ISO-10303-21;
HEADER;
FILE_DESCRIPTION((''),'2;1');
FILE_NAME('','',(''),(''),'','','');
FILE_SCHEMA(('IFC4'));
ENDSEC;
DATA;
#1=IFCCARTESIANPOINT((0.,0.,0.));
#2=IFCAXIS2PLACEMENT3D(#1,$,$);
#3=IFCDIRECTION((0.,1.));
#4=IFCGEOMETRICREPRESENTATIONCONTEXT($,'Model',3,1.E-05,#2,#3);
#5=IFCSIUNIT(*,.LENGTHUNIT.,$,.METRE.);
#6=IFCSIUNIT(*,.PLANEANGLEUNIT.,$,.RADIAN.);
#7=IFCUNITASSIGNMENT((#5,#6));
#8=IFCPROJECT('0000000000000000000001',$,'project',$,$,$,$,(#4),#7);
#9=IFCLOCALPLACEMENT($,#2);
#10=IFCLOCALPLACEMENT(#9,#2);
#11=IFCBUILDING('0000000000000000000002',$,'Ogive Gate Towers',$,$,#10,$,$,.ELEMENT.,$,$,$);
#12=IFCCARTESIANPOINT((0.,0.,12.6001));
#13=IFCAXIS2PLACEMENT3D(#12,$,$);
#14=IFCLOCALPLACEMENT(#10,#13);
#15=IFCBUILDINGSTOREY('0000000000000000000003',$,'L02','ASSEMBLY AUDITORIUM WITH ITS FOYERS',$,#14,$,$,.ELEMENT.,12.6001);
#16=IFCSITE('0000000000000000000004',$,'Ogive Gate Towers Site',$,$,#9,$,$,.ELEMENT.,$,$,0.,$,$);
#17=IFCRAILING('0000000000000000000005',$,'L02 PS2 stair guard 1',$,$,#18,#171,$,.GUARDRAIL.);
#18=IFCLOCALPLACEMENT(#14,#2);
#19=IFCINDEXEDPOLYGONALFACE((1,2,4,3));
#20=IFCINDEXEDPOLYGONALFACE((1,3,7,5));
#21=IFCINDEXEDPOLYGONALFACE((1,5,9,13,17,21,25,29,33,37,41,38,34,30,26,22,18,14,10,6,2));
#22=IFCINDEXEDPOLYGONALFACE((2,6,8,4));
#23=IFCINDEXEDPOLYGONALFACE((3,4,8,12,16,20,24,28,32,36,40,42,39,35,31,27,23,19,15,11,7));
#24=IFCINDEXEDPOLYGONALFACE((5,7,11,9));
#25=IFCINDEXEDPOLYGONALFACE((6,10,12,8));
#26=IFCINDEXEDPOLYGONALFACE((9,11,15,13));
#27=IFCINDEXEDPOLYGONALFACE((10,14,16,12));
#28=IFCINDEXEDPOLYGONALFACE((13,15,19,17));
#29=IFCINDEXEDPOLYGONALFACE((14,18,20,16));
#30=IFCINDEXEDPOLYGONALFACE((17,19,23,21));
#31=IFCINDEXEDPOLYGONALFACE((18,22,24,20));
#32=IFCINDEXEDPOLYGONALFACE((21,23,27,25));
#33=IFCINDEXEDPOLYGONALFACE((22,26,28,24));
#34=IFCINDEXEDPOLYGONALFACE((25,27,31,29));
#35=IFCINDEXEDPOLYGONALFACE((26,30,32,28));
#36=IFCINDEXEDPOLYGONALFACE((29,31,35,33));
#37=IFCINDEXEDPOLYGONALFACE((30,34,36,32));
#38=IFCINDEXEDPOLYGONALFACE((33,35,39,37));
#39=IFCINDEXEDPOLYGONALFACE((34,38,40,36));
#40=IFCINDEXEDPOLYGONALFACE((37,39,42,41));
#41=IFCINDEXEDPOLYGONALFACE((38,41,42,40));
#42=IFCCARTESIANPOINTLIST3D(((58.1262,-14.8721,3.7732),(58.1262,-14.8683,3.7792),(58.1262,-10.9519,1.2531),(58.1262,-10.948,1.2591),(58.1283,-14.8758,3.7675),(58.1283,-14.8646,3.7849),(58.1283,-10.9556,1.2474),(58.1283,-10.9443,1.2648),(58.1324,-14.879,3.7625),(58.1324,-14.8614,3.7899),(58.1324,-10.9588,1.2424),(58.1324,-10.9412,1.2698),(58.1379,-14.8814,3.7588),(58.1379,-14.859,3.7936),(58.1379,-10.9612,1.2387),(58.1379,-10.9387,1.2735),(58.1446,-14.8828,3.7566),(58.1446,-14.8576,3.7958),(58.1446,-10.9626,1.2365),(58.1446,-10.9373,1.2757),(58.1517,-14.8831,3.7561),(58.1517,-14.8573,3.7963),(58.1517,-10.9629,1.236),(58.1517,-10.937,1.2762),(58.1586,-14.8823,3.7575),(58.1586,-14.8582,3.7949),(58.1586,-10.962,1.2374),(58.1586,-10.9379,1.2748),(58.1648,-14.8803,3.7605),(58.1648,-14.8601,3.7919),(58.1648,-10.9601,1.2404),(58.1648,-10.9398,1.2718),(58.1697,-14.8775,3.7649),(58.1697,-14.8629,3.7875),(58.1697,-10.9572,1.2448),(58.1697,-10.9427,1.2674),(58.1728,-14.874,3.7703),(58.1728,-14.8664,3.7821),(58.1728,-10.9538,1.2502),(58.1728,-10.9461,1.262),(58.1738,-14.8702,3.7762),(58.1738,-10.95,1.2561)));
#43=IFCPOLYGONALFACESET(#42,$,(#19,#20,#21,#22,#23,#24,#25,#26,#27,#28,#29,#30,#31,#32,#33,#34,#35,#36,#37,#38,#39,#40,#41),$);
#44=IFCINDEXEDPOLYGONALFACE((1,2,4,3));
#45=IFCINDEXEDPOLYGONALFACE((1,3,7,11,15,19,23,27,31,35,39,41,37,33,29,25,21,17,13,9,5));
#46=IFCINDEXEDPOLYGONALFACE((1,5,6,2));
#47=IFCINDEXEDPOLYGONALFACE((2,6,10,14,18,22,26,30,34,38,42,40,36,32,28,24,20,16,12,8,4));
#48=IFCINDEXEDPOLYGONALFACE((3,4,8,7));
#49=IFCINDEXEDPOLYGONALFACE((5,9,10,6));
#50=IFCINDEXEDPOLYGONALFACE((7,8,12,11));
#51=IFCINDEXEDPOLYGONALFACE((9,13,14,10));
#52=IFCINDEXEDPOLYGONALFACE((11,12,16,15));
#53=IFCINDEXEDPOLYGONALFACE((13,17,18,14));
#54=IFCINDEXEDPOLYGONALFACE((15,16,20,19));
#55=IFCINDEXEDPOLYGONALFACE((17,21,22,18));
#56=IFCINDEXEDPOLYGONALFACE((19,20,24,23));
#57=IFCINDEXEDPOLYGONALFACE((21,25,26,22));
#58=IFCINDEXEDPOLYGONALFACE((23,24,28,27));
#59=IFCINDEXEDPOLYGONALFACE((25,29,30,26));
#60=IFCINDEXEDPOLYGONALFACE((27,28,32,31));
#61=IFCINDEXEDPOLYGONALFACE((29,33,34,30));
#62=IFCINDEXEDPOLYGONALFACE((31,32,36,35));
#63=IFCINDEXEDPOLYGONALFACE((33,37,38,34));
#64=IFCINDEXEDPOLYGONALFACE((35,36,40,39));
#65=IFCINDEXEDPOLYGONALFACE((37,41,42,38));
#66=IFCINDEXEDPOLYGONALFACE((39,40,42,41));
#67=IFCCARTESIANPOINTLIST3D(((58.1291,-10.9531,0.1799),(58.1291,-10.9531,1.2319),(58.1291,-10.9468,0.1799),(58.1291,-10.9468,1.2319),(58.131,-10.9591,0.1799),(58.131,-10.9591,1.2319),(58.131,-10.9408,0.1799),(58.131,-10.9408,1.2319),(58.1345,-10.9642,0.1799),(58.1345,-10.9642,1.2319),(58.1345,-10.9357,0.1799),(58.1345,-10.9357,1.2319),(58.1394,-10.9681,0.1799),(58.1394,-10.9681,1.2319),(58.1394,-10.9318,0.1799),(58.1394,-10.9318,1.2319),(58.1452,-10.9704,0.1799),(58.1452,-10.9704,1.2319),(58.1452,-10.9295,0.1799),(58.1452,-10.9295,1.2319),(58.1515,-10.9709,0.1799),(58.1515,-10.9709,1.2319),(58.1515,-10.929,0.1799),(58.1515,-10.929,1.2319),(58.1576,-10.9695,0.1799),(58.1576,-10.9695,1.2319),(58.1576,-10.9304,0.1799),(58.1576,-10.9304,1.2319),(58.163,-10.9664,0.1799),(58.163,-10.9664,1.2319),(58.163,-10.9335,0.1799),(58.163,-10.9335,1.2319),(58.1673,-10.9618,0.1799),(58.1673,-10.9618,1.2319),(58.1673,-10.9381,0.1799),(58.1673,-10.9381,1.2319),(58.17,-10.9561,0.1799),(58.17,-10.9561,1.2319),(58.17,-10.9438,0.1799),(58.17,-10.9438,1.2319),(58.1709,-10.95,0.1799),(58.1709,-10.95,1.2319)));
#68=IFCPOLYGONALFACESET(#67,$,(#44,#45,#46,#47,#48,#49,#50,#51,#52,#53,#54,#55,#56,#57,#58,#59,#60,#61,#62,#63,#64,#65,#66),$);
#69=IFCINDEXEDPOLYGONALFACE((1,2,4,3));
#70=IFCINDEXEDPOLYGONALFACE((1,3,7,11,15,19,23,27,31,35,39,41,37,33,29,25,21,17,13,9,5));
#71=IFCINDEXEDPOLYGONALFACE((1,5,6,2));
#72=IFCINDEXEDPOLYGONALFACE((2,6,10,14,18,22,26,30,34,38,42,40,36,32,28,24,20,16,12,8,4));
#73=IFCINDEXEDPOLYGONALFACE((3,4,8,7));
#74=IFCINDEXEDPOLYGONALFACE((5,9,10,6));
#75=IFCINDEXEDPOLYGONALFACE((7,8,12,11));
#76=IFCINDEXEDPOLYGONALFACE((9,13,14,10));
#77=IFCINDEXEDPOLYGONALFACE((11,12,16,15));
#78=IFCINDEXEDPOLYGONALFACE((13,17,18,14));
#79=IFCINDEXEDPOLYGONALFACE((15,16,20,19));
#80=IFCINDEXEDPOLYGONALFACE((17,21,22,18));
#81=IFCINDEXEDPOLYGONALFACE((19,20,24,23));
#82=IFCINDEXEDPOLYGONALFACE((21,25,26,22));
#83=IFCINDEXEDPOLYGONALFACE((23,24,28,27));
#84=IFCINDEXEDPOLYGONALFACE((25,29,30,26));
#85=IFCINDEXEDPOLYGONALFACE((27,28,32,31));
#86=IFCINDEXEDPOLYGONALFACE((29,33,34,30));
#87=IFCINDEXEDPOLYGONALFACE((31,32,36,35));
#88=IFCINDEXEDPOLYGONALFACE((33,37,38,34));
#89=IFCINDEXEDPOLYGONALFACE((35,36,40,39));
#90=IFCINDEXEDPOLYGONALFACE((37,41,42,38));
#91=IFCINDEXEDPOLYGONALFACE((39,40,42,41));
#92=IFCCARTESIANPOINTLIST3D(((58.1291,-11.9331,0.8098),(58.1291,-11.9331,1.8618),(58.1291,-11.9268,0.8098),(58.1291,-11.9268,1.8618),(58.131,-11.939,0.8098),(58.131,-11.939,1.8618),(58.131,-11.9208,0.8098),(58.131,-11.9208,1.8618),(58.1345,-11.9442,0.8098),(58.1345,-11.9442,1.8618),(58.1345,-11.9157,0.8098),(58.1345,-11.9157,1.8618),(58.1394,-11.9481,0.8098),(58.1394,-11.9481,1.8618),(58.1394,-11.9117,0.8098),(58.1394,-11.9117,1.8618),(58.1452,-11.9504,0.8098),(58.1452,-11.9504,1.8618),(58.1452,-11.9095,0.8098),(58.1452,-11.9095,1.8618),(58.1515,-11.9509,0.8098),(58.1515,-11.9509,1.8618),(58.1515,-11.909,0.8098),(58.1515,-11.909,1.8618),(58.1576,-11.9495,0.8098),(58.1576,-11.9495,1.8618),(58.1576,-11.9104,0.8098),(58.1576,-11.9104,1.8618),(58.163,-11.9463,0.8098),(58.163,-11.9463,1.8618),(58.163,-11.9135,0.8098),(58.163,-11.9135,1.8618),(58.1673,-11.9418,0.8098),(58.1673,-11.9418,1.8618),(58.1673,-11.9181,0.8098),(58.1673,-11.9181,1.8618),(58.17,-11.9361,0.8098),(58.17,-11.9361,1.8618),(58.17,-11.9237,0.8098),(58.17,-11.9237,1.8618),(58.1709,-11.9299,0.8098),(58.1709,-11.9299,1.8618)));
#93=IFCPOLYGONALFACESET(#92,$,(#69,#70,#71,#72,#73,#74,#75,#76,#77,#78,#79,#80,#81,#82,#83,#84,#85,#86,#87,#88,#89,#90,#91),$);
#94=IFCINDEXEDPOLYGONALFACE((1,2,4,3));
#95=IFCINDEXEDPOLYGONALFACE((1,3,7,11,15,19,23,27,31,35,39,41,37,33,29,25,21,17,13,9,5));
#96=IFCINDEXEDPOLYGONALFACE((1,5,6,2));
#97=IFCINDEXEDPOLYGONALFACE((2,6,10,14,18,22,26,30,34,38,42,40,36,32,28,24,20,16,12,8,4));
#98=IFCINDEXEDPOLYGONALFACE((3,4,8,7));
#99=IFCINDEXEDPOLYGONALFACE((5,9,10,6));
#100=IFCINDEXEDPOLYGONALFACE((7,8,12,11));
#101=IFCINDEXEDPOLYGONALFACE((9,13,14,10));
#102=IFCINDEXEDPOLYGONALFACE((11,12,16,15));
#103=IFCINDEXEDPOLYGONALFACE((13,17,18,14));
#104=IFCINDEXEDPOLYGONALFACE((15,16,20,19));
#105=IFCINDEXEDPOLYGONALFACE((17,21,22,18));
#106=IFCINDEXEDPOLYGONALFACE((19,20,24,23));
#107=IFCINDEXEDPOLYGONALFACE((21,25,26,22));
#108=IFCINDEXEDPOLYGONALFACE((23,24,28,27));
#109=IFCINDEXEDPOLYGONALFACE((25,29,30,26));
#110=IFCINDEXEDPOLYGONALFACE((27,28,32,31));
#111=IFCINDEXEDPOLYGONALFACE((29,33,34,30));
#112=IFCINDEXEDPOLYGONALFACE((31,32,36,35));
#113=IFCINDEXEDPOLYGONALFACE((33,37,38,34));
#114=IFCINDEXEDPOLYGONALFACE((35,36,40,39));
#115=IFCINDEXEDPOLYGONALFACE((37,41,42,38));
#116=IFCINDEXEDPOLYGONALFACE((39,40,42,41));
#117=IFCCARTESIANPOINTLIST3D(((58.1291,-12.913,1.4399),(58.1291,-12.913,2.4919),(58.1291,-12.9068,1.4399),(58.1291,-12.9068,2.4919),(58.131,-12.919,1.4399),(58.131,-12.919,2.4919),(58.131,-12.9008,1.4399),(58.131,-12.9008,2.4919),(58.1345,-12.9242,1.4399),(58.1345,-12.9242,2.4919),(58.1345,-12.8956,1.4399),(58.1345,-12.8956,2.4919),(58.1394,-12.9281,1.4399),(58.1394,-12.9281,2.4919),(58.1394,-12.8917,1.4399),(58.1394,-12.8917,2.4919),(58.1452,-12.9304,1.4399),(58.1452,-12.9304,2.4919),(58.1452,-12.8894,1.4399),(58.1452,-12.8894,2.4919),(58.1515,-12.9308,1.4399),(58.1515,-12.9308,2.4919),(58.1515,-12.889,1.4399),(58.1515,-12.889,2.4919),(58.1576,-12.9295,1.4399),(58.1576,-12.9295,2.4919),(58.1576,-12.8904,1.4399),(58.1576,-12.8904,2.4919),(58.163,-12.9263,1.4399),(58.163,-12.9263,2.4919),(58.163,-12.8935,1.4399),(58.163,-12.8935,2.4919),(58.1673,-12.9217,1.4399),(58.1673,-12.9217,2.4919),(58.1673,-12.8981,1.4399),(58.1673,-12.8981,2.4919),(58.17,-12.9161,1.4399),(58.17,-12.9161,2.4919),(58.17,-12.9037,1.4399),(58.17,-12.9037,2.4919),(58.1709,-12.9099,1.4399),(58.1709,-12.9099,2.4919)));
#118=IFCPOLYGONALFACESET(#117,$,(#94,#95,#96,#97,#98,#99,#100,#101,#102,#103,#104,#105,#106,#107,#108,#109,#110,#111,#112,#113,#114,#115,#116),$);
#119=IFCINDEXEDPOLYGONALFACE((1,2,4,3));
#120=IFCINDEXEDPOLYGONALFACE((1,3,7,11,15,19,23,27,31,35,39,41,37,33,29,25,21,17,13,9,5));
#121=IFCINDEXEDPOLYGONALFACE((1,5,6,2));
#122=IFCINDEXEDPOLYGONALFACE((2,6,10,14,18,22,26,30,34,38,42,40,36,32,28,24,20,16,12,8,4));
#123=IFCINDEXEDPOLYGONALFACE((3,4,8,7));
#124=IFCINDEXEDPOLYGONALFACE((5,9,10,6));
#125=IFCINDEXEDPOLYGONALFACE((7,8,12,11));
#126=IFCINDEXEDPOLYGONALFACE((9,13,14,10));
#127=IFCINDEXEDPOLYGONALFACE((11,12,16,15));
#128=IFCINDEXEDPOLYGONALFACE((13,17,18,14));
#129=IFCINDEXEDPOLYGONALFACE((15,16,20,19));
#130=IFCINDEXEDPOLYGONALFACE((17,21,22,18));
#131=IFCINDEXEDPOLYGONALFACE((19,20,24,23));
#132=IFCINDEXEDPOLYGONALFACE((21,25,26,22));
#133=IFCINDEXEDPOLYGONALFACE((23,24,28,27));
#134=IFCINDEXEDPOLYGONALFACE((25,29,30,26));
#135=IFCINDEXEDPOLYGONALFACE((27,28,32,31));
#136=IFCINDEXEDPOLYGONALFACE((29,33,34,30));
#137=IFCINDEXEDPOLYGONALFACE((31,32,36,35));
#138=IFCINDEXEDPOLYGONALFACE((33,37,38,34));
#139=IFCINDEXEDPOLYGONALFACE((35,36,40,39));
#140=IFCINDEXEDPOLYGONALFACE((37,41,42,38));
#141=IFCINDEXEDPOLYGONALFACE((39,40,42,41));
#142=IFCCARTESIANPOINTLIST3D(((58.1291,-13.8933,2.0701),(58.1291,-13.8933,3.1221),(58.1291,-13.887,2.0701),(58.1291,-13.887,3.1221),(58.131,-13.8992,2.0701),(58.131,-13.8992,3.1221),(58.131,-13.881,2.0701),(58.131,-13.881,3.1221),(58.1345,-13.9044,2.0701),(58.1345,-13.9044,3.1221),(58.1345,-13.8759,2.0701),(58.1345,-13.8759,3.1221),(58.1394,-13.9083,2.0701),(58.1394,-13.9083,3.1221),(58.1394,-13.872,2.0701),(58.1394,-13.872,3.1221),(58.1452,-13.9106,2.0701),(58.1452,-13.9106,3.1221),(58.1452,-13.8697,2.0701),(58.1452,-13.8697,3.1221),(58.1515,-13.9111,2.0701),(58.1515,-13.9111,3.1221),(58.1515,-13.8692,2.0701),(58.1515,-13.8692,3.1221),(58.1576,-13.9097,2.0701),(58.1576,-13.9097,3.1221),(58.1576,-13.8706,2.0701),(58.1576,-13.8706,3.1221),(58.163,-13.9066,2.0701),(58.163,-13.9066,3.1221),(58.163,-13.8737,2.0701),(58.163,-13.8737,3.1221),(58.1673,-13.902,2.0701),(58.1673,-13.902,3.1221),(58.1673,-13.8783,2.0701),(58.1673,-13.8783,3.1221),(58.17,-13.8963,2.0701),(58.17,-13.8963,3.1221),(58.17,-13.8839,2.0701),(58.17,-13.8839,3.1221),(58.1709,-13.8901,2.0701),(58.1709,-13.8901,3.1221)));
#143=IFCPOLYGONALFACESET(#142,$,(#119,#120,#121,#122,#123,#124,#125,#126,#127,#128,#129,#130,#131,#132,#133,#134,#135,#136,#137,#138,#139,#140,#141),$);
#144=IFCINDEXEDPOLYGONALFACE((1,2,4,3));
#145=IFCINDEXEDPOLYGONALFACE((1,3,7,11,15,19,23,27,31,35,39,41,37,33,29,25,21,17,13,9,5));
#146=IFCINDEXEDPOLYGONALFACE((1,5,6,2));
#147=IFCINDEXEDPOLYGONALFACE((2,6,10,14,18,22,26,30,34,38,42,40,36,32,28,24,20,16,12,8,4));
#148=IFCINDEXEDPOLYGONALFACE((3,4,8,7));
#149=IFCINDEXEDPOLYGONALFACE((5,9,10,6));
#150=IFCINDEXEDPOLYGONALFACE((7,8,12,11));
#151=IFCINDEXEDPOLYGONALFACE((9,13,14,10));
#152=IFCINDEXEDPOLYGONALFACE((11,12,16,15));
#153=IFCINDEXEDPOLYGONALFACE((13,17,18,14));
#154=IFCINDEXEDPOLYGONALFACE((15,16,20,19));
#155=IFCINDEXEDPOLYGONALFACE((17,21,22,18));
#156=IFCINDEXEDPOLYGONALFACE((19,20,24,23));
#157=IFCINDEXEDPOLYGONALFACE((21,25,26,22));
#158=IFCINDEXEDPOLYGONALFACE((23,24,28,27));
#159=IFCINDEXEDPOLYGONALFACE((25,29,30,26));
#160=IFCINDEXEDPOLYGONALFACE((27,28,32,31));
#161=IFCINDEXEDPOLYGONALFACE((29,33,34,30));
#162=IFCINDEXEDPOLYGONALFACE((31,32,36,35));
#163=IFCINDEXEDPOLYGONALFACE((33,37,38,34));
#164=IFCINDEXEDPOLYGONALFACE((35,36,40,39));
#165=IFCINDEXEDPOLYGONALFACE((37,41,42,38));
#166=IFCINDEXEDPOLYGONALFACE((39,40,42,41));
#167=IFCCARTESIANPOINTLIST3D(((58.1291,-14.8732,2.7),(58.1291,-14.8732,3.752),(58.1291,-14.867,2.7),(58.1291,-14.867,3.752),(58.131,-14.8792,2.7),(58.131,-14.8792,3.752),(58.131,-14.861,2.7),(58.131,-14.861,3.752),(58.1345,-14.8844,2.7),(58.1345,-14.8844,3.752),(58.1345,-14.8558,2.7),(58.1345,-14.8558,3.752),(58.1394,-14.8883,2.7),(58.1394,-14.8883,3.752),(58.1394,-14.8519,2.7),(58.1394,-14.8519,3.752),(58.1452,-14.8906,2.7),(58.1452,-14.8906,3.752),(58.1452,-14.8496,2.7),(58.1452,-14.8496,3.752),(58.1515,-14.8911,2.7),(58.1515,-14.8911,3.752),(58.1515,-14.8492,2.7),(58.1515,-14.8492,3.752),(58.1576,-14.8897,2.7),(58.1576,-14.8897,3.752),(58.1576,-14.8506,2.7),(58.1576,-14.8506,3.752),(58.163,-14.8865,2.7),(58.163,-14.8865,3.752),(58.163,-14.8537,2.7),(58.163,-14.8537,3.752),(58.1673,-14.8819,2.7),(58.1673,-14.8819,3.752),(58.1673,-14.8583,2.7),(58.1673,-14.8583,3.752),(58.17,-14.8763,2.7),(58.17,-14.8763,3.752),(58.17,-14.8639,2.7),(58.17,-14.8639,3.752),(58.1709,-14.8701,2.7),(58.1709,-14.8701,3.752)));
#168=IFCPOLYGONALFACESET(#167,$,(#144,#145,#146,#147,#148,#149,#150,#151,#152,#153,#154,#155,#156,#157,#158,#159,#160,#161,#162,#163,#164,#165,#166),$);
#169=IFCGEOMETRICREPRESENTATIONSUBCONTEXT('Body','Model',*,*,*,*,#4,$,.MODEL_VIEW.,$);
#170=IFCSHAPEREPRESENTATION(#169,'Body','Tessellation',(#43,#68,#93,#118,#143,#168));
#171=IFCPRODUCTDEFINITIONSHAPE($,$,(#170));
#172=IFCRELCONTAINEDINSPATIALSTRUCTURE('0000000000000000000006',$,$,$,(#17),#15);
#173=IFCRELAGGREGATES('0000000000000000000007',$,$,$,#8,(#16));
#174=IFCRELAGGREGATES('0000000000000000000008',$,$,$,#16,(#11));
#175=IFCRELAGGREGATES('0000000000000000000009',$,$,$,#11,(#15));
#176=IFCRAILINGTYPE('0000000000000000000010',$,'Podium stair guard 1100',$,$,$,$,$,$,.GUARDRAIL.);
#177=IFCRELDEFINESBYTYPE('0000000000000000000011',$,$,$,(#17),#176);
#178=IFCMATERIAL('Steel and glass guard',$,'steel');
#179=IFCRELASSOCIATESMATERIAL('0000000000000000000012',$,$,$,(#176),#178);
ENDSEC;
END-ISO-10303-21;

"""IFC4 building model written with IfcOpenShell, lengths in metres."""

from ifc_helpers import new_model, si_unit, direction, frame, origin, origin_2d, place, context, subcontext, project, spatial, circle, extrude, material, type_object, element, save


model = new_model("IFC4")

# Units and contexts
model_context = context("Model", 3, precision=1e-05, world=origin(), true_north=direction((0.0, 1.0)))
body_context = subcontext(model_context, "Body", "Model", "MODEL_VIEW")
ifc_project = project(units=[si_unit("LENGTHUNIT", "METRE"), si_unit("PLANEANGLEUNIT", "RADIAN")], contexts=[model_context])

# Site, building, storey
site_placement = place(None, origin())
site = spatial("IfcSite", under=ifc_project, at=site_placement, Name="Ogive Gate Towers Site", CompositionType="ELEMENT", RefElevation=0.0)
building_placement = place(site_placement, origin())
building = spatial("IfcBuilding", under=site, at=building_placement, Name="Ogive Gate Towers", CompositionType="ELEMENT")
storey_placement = place(building_placement, frame((0.0, 0.0, 12.6001)))
storey = spatial("IfcBuildingStorey", under=building, at=storey_placement, Name="L02", Description="ASSEMBLY AUDITORIUM WITH ITS FOYERS", CompositionType="ELEMENT", Elevation=12.6001)

# Railing
ifc_material_1 = material(Name="Steel and glass guard", Category="steel")
railing_type_1 = type_object("IfcRailingType", Name="Podium stair guard 1100", PredefinedType="GUARDRAIL", material=ifc_material_1)
railing_1_placement = place(storey_placement, frame((58.1499, -10.95, 0.1799)))
element("IfcRailing", 1, at=railing_1_placement, inside=storey, type_object=railing_type_1, Name="L02 PS2 stair guard 1", PredefinedType="GUARDRAIL", context=body_context, shape_type="SweptSolid", body=[
    extrude(circle(Radius=0.0239, at=origin_2d()), frame((0.0, 0.0, 1.0762), z_axis=(0.0, -0.841187, 0.540744), x_axis=(1.0, 0.0, 0.0)), (0.0, 0.0, 1.0), 4.6604),
    extrude(circle(Radius=0.021, at=origin_2d()), origin(), (0.0, 0.0, 1.0), 1.052),
    extrude(circle(Radius=0.021, at=origin_2d()), frame((0.0, -0.98, 0.6299)), (0.0, 0.0, 1.0), 1.052),
    extrude(circle(Radius=0.021, at=origin_2d()), frame((0.0, -1.96, 1.26)), (0.0, 0.0, 1.0), 1.052),
    extrude(circle(Radius=0.021, at=origin_2d()), frame((0.0, -2.9402, 1.8901)), (0.0, 0.0, 1.0), 1.052),
    extrude(circle(Radius=0.021, at=origin_2d()), frame((0.0, -3.9202, 2.52)), (0.0, 0.0, 1.0), 1.052),
])

save(model, "model.ifc")
